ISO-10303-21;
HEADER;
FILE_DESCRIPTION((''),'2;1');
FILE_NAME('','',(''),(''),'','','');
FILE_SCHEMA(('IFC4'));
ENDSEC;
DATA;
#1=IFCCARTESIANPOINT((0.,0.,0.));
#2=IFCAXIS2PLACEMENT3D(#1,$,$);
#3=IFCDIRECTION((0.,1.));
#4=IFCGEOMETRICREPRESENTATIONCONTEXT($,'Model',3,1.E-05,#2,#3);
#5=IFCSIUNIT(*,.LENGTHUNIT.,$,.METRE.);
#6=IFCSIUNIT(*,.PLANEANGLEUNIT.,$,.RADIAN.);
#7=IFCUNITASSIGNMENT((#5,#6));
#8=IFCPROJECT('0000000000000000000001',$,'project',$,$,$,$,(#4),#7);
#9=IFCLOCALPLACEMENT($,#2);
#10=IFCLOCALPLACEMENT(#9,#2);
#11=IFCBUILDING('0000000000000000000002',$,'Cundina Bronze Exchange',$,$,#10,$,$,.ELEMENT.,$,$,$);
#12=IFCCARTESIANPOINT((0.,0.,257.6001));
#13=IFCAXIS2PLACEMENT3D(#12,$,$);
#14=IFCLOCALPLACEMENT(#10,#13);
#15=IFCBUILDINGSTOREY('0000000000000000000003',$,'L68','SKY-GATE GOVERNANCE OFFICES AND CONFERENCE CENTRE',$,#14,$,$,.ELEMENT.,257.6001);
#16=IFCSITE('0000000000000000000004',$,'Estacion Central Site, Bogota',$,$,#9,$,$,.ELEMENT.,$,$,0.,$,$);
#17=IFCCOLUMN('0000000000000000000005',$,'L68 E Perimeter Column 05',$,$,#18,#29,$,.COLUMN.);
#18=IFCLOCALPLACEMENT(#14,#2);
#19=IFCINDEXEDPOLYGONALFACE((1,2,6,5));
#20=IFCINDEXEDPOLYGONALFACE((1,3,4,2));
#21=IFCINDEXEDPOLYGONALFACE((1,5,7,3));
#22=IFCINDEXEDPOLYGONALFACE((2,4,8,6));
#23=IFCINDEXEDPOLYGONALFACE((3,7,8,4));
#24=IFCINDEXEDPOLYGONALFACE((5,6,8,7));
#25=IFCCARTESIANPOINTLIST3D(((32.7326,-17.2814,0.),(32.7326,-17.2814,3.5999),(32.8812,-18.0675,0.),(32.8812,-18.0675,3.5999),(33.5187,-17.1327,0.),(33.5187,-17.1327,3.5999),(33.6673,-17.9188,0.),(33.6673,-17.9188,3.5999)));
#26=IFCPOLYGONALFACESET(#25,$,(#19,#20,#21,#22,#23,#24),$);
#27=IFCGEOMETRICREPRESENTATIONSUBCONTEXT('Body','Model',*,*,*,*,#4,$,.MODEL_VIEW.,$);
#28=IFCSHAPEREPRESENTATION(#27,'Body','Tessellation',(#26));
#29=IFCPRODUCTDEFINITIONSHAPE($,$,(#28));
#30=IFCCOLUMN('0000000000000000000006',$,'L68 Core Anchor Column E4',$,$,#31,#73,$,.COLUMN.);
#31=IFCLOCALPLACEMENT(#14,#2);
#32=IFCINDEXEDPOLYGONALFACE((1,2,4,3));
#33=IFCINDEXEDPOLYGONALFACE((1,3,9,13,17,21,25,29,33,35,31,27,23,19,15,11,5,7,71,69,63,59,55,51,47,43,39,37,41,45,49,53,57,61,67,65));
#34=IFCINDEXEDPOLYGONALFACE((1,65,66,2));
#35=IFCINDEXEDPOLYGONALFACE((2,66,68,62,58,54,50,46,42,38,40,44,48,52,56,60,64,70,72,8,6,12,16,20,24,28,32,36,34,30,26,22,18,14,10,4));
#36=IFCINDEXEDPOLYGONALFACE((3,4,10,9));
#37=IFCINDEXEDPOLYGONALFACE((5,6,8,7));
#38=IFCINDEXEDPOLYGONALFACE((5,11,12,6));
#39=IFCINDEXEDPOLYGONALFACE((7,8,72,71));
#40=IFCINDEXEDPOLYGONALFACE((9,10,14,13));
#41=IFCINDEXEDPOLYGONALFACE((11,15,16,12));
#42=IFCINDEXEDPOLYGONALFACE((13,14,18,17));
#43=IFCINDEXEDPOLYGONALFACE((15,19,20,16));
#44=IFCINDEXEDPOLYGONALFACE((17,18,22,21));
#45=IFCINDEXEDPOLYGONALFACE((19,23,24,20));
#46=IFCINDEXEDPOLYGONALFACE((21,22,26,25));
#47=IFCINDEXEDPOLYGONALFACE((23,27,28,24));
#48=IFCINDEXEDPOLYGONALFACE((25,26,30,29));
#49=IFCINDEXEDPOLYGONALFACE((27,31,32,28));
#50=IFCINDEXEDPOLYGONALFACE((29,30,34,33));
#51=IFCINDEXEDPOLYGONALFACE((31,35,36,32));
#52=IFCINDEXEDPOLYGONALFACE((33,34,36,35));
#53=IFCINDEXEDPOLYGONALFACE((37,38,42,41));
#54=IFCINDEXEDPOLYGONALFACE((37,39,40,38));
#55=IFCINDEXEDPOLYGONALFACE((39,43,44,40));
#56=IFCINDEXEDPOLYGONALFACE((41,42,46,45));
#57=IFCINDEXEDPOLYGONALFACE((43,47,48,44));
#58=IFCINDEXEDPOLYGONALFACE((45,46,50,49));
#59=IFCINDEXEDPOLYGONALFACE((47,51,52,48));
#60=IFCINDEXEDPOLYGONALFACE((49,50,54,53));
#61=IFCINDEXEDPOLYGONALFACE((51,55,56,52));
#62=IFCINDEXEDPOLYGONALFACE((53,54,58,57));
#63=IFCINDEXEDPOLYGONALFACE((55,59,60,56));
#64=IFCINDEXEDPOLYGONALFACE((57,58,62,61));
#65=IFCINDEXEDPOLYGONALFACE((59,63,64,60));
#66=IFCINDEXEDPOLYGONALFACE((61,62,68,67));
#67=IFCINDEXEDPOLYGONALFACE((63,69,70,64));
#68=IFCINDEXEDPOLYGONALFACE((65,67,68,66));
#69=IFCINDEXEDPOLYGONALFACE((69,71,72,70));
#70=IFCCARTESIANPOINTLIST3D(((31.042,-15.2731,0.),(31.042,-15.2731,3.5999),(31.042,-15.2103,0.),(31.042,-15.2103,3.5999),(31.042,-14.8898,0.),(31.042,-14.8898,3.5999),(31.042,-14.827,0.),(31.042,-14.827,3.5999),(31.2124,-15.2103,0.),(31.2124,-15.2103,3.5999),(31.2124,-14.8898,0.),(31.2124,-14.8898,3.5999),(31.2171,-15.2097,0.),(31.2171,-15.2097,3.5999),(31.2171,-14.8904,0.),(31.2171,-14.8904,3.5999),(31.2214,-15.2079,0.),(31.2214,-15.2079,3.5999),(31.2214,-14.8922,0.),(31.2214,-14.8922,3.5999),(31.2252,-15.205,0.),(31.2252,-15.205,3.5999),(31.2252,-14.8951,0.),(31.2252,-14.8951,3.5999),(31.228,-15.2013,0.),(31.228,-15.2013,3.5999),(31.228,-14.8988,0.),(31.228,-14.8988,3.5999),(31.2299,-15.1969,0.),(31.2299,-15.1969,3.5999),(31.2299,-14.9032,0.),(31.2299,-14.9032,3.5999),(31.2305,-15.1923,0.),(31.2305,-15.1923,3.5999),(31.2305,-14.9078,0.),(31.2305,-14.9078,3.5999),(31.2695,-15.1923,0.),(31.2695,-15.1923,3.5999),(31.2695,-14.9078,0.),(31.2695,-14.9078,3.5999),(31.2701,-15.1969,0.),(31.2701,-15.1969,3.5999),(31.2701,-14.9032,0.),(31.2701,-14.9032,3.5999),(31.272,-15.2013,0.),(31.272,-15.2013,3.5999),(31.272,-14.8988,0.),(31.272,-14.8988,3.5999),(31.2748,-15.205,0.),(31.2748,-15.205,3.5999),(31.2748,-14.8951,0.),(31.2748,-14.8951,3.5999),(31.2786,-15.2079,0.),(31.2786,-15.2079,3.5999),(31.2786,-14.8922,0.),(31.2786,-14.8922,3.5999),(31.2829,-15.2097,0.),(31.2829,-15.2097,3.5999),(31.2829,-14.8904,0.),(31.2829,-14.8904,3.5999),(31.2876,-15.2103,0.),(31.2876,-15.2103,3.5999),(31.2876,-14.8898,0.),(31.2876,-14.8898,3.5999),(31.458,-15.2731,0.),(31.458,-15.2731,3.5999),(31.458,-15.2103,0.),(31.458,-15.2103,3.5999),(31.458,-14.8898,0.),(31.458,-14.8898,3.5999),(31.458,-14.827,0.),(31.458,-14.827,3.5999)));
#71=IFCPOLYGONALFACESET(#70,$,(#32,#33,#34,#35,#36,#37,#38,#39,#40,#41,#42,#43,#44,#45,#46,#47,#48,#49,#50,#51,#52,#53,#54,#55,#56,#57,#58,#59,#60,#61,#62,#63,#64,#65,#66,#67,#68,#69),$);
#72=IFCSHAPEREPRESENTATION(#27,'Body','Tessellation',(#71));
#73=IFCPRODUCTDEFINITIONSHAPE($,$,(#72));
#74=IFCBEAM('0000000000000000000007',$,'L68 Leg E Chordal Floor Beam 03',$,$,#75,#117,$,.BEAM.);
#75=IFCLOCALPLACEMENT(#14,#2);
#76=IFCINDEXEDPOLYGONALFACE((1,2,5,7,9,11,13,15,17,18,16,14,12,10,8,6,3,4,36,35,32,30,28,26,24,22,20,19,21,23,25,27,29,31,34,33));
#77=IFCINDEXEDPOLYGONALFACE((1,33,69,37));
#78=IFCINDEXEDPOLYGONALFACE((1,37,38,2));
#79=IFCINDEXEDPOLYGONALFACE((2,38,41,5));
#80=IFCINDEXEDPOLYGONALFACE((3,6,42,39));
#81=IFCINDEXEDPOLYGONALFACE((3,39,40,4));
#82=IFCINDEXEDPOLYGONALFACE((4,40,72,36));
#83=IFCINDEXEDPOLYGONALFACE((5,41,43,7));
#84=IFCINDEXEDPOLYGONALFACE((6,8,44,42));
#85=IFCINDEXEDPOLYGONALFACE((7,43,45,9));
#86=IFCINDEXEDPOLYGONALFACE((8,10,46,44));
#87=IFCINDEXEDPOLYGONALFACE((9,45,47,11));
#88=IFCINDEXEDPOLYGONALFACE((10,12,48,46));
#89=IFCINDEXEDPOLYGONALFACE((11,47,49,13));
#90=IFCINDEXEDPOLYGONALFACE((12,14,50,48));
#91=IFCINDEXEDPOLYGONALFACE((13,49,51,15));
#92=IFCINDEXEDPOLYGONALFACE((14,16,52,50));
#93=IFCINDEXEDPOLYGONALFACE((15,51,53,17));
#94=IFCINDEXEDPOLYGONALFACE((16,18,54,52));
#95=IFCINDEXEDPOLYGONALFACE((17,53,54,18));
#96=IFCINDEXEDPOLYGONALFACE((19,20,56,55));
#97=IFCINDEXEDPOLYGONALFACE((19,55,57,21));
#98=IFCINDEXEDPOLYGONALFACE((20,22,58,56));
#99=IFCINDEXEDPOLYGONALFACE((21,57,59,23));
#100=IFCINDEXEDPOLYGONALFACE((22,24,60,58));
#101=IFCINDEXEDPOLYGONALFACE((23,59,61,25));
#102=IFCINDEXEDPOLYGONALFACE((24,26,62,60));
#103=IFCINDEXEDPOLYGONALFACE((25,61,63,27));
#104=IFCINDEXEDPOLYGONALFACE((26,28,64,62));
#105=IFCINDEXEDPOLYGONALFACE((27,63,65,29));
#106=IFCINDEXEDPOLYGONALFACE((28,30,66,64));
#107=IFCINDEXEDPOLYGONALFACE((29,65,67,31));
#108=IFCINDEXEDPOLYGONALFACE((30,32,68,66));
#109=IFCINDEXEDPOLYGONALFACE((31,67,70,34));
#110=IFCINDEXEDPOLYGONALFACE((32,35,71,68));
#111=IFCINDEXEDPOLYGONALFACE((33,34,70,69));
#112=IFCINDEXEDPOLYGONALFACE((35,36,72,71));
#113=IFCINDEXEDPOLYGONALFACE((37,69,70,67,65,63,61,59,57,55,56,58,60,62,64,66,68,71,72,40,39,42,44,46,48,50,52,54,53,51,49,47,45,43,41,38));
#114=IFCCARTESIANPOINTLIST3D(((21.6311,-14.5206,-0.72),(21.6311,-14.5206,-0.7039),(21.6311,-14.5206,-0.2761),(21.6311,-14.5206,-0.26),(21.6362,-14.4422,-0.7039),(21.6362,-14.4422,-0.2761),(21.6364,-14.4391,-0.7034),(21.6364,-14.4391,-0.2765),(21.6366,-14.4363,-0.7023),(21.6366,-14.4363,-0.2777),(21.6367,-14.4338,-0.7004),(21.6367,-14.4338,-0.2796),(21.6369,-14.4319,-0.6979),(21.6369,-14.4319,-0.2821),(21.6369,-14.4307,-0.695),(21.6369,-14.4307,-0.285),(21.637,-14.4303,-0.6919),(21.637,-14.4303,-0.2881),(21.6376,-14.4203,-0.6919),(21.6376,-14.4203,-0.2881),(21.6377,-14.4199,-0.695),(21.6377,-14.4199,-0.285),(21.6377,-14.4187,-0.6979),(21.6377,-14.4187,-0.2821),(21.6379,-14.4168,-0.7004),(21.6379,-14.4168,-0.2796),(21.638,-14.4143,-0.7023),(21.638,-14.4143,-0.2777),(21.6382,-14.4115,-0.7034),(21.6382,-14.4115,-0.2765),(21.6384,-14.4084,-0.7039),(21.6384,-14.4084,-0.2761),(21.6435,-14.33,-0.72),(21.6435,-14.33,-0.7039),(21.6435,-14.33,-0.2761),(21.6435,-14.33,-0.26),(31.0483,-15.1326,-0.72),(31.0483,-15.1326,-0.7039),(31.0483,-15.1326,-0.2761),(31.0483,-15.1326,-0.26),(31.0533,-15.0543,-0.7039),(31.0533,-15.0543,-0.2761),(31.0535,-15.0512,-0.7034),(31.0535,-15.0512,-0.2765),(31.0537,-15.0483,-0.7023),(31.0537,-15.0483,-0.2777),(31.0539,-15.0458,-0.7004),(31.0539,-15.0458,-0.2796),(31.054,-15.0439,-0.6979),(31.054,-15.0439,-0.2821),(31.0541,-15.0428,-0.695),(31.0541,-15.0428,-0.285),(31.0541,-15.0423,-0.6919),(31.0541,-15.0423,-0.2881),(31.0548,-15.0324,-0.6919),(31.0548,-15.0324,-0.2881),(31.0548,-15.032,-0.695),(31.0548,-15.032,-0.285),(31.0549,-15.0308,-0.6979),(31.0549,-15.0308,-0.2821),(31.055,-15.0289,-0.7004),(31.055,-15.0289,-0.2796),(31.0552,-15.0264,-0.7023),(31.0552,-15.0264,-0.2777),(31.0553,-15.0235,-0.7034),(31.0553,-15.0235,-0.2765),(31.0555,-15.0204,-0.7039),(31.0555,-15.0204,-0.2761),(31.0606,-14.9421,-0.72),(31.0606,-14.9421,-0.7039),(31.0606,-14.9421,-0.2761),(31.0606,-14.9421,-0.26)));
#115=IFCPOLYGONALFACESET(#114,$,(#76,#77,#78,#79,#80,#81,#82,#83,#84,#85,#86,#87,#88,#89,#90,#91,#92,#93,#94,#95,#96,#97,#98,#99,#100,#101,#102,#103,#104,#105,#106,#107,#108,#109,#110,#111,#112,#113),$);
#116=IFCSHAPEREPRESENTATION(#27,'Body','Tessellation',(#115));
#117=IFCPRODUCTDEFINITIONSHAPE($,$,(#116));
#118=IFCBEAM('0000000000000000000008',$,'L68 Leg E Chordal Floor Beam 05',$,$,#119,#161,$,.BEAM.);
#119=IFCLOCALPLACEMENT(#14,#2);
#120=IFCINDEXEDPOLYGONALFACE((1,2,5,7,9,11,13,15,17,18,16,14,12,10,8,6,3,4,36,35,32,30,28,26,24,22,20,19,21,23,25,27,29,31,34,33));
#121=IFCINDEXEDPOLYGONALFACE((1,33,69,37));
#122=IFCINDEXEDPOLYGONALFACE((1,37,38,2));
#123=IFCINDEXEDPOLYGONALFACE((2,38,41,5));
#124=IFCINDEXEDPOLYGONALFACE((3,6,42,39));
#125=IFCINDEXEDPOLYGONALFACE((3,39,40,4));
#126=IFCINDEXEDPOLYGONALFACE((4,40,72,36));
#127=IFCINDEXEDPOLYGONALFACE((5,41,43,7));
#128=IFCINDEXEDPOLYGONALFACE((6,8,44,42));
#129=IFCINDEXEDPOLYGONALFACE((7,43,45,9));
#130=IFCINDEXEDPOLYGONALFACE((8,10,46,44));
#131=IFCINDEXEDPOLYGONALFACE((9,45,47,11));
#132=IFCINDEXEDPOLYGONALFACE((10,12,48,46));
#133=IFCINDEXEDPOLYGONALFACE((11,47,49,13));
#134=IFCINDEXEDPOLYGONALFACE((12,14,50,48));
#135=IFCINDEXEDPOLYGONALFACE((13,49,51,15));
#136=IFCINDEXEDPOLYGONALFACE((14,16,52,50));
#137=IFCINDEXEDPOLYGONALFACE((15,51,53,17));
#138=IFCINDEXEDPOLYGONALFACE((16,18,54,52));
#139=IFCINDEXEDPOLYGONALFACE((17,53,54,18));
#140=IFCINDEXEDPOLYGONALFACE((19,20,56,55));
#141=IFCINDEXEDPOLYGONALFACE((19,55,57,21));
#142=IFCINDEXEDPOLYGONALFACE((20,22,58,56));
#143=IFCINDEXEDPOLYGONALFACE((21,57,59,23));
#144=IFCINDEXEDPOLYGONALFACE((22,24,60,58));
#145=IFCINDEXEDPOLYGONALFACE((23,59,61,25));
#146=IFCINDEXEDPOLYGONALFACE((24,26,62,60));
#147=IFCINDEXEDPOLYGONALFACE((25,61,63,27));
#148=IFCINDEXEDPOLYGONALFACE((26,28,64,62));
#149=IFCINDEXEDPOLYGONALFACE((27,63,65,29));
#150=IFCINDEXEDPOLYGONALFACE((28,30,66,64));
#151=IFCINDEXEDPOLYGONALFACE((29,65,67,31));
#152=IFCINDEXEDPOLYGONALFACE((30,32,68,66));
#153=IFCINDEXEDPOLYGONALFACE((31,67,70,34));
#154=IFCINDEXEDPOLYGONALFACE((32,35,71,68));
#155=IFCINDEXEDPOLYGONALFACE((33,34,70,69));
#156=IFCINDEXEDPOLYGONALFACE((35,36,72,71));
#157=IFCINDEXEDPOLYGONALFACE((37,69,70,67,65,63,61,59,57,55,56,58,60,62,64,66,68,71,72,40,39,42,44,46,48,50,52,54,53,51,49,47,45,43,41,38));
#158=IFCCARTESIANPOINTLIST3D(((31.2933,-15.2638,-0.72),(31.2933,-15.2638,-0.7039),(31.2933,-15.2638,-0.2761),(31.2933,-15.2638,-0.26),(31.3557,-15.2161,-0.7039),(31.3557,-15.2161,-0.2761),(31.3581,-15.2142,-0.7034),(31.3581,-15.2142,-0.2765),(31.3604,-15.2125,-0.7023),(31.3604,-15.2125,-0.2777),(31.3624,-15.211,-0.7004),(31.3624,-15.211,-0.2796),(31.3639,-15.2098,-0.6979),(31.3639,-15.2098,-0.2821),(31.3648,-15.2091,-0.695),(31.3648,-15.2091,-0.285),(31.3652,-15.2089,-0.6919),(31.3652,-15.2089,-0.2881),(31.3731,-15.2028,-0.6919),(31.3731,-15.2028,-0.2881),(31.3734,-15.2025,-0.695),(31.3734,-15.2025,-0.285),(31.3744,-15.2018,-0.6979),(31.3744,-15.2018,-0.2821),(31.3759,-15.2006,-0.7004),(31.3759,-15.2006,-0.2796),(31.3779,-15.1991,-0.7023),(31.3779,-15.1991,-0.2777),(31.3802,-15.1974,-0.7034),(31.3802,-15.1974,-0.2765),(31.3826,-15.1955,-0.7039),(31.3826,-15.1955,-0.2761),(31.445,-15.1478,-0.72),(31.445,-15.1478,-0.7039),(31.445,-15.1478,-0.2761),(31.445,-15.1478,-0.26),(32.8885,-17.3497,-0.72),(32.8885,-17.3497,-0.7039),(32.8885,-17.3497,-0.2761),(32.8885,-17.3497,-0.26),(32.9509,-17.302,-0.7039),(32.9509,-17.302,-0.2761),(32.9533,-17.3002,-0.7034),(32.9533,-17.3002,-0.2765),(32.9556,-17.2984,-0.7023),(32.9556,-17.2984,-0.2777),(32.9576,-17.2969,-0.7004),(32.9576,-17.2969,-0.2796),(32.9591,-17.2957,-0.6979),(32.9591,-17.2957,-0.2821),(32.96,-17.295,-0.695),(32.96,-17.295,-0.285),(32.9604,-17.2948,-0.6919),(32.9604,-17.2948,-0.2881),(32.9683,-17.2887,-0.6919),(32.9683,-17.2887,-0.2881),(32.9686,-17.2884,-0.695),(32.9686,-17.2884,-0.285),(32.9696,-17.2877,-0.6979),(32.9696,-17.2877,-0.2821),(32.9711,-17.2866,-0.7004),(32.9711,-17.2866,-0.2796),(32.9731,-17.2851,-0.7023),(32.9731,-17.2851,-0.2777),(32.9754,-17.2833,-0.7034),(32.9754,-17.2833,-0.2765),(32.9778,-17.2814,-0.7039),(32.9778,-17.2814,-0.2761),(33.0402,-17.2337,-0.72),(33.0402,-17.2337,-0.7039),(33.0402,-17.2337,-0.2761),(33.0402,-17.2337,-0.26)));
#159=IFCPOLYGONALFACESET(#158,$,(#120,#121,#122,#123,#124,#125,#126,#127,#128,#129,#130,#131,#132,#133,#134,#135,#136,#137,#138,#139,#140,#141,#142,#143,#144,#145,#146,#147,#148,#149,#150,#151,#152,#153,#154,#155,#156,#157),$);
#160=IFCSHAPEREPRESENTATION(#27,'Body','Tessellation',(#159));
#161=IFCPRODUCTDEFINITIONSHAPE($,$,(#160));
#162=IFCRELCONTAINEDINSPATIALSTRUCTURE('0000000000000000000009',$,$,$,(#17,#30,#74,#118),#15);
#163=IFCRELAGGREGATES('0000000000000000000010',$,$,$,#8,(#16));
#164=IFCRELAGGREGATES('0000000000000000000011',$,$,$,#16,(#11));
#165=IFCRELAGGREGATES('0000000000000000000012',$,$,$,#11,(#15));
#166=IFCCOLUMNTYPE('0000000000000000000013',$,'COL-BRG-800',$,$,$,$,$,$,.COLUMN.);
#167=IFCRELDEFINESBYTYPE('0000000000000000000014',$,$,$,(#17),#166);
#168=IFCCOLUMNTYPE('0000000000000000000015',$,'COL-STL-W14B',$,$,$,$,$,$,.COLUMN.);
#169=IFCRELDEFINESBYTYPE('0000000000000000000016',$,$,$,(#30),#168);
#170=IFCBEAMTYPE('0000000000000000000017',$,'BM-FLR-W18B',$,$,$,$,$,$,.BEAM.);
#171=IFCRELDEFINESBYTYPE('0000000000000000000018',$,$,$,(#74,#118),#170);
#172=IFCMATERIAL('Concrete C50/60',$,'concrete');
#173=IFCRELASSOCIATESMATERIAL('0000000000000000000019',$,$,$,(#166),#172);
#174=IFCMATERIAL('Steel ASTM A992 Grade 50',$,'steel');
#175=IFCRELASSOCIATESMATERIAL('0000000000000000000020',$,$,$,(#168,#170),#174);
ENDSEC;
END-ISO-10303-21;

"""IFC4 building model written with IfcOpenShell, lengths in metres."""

from ifc_helpers import new_model, si_unit, direction, frame, origin, origin_2d, place, context, subcontext, project, spatial, rectangle, i_section, extrude, material, material_profile, profile_set, type_object, element, save


model = new_model("IFC4")

# Units and contexts
model_context = context("Model", 3, precision=1e-05, world=origin(), true_north=direction((0.0, 1.0)))
body_context = subcontext(model_context, "Body", "Model", "MODEL_VIEW")
ifc_project = project(units=[si_unit("LENGTHUNIT", "METRE"), si_unit("PLANEANGLEUNIT", "RADIAN")], contexts=[model_context])

# Site, building, storey
site_placement = place(None, origin())
site = spatial("IfcSite", under=ifc_project, at=site_placement, Name="Estacion Central Site, Bogota", CompositionType="ELEMENT", RefElevation=0.0)
building_placement = place(site_placement, origin())
building = spatial("IfcBuilding", under=site, at=building_placement, Name="Cundina Bronze Exchange", CompositionType="ELEMENT")
storey_placement = place(building_placement, frame((0.0, 0.0, 257.6001)))
storey = spatial("IfcBuildingStorey", under=building, at=storey_placement, Name="L68", Description="SKY-GATE GOVERNANCE OFFICES AND CONFERENCE CENTRE", CompositionType="ELEMENT", Elevation=257.6001)

# Columns
ifc_material_1 = material(Name="Concrete C50/60", Category="concrete")
ifc_material_profile_1 = material_profile(ifc_material_1, rectangle(XDim=0.8, YDim=0.8, at=origin_2d()), Name="RC800X800", Category="concrete")
ifc_profile_set_1 = profile_set([ifc_material_profile_1], Name="Concrete C50/60")
column_type_1 = type_object("IfcColumnType", Name="COL-BRG-800", PredefinedType="COLUMN", material=ifc_profile_set_1)
column_1_placement = place(storey_placement, frame((33.2, -17.6001, 0.0), z_axis=(0.0, 0.0, 1.0), x_axis=(0.98258, 0.185838, 0.0)))
element("IfcColumn", 1, at=column_1_placement, inside=storey, type_object=column_type_1, Name="L68 E Perimeter Column 05", PredefinedType="COLUMN", context=body_context, shape_type="SweptSolid", body=[
    extrude(rectangle(XDim=0.8, YDim=0.8, at=origin_2d()), origin(), (0.0, 0.0, 1.0), 3.5999),
])
ifc_material_2 = material(Name="Steel ASTM A992 Grade 50", Category="steel")
ifc_material_profile_2 = material_profile(ifc_material_2, i_section(OverallWidth=0.416, OverallDepth=0.446, WebThickness=0.0391, FlangeThickness=0.0627, FilletRadius=0.0181, at=origin_2d()), Name="W14X342", Category="steel")
ifc_profile_set_2 = profile_set([ifc_material_profile_2], Name="Steel ASTM A992 Grade 50")
column_type_2 = type_object("IfcColumnType", Name="COL-STL-W14B", PredefinedType="COLUMN", material=ifc_profile_set_2)
column_2_placement = place(storey_placement, frame((31.25, -15.05, 0.0), z_axis=(0.0, 0.0, 1.0), x_axis=(1.0, 0.0, 0.0)))
element("IfcColumn", 2, at=column_2_placement, inside=storey, type_object=column_type_2, Name="L68 Core Anchor Column E4", PredefinedType="COLUMN", context=body_context, shape_type="SweptSolid", body=[
    extrude(i_section(OverallWidth=0.416, OverallDepth=0.446, WebThickness=0.0391, FlangeThickness=0.0627, FilletRadius=0.0181, at=origin_2d()), origin(), (0.0, 0.0, 1.0), 3.5999),
])

# Beams
ifc_material_profile_3 = material_profile(ifc_material_2, i_section(OverallWidth=0.1909, OverallDepth=0.46, WebThickness=0.01, FlangeThickness=0.0161, FilletRadius=0.012, at=origin_2d()), Name="W18X55", Category="steel")
ifc_profile_set_3 = profile_set([ifc_material_profile_3], Name="Steel ASTM A992 Grade 50")
beam_type_1 = type_object("IfcBeamType", Name="BM-FLR-W18B", PredefinedType="BEAM", material=ifc_profile_set_3)
beam_1_placement = place(storey_placement, frame((31.0544, -15.0374, -0.49), z_axis=(-0.997895, 0.064857, 0.0), x_axis=(-0.064857, -0.997895, 0.0)))
element("IfcBeam", 3, at=beam_1_placement, inside=storey, type_object=beam_type_1, Name="L68 Leg E Chordal Floor Beam 03", PredefinedType="BEAM", context=body_context, shape_type="SweptSolid", body=[
    extrude(i_section(OverallWidth=0.1909, OverallDepth=0.46, WebThickness=0.01, FlangeThickness=0.0161, FilletRadius=0.012, at=origin_2d()), origin(), (0.0, 0.0, 1.0), 9.437),
])
beam_2_placement = place(storey_placement, frame((31.3691, -15.2058, -0.49), z_axis=(0.607471, -0.794342, 0.0), x_axis=(0.794342, 0.607471, 0.0)))
element("IfcBeam", 4, at=beam_2_placement, inside=storey, type_object=beam_type_1, Name="L68 Leg E Chordal Floor Beam 05", PredefinedType="BEAM", context=body_context, shape_type="SweptSolid", body=[
    extrude(i_section(OverallWidth=0.1909, OverallDepth=0.46, WebThickness=0.01, FlangeThickness=0.0161, FilletRadius=0.012, at=origin_2d()), origin(), (0.0, 0.0, 1.0), 2.626),
])

save(model, "model.ifc")
